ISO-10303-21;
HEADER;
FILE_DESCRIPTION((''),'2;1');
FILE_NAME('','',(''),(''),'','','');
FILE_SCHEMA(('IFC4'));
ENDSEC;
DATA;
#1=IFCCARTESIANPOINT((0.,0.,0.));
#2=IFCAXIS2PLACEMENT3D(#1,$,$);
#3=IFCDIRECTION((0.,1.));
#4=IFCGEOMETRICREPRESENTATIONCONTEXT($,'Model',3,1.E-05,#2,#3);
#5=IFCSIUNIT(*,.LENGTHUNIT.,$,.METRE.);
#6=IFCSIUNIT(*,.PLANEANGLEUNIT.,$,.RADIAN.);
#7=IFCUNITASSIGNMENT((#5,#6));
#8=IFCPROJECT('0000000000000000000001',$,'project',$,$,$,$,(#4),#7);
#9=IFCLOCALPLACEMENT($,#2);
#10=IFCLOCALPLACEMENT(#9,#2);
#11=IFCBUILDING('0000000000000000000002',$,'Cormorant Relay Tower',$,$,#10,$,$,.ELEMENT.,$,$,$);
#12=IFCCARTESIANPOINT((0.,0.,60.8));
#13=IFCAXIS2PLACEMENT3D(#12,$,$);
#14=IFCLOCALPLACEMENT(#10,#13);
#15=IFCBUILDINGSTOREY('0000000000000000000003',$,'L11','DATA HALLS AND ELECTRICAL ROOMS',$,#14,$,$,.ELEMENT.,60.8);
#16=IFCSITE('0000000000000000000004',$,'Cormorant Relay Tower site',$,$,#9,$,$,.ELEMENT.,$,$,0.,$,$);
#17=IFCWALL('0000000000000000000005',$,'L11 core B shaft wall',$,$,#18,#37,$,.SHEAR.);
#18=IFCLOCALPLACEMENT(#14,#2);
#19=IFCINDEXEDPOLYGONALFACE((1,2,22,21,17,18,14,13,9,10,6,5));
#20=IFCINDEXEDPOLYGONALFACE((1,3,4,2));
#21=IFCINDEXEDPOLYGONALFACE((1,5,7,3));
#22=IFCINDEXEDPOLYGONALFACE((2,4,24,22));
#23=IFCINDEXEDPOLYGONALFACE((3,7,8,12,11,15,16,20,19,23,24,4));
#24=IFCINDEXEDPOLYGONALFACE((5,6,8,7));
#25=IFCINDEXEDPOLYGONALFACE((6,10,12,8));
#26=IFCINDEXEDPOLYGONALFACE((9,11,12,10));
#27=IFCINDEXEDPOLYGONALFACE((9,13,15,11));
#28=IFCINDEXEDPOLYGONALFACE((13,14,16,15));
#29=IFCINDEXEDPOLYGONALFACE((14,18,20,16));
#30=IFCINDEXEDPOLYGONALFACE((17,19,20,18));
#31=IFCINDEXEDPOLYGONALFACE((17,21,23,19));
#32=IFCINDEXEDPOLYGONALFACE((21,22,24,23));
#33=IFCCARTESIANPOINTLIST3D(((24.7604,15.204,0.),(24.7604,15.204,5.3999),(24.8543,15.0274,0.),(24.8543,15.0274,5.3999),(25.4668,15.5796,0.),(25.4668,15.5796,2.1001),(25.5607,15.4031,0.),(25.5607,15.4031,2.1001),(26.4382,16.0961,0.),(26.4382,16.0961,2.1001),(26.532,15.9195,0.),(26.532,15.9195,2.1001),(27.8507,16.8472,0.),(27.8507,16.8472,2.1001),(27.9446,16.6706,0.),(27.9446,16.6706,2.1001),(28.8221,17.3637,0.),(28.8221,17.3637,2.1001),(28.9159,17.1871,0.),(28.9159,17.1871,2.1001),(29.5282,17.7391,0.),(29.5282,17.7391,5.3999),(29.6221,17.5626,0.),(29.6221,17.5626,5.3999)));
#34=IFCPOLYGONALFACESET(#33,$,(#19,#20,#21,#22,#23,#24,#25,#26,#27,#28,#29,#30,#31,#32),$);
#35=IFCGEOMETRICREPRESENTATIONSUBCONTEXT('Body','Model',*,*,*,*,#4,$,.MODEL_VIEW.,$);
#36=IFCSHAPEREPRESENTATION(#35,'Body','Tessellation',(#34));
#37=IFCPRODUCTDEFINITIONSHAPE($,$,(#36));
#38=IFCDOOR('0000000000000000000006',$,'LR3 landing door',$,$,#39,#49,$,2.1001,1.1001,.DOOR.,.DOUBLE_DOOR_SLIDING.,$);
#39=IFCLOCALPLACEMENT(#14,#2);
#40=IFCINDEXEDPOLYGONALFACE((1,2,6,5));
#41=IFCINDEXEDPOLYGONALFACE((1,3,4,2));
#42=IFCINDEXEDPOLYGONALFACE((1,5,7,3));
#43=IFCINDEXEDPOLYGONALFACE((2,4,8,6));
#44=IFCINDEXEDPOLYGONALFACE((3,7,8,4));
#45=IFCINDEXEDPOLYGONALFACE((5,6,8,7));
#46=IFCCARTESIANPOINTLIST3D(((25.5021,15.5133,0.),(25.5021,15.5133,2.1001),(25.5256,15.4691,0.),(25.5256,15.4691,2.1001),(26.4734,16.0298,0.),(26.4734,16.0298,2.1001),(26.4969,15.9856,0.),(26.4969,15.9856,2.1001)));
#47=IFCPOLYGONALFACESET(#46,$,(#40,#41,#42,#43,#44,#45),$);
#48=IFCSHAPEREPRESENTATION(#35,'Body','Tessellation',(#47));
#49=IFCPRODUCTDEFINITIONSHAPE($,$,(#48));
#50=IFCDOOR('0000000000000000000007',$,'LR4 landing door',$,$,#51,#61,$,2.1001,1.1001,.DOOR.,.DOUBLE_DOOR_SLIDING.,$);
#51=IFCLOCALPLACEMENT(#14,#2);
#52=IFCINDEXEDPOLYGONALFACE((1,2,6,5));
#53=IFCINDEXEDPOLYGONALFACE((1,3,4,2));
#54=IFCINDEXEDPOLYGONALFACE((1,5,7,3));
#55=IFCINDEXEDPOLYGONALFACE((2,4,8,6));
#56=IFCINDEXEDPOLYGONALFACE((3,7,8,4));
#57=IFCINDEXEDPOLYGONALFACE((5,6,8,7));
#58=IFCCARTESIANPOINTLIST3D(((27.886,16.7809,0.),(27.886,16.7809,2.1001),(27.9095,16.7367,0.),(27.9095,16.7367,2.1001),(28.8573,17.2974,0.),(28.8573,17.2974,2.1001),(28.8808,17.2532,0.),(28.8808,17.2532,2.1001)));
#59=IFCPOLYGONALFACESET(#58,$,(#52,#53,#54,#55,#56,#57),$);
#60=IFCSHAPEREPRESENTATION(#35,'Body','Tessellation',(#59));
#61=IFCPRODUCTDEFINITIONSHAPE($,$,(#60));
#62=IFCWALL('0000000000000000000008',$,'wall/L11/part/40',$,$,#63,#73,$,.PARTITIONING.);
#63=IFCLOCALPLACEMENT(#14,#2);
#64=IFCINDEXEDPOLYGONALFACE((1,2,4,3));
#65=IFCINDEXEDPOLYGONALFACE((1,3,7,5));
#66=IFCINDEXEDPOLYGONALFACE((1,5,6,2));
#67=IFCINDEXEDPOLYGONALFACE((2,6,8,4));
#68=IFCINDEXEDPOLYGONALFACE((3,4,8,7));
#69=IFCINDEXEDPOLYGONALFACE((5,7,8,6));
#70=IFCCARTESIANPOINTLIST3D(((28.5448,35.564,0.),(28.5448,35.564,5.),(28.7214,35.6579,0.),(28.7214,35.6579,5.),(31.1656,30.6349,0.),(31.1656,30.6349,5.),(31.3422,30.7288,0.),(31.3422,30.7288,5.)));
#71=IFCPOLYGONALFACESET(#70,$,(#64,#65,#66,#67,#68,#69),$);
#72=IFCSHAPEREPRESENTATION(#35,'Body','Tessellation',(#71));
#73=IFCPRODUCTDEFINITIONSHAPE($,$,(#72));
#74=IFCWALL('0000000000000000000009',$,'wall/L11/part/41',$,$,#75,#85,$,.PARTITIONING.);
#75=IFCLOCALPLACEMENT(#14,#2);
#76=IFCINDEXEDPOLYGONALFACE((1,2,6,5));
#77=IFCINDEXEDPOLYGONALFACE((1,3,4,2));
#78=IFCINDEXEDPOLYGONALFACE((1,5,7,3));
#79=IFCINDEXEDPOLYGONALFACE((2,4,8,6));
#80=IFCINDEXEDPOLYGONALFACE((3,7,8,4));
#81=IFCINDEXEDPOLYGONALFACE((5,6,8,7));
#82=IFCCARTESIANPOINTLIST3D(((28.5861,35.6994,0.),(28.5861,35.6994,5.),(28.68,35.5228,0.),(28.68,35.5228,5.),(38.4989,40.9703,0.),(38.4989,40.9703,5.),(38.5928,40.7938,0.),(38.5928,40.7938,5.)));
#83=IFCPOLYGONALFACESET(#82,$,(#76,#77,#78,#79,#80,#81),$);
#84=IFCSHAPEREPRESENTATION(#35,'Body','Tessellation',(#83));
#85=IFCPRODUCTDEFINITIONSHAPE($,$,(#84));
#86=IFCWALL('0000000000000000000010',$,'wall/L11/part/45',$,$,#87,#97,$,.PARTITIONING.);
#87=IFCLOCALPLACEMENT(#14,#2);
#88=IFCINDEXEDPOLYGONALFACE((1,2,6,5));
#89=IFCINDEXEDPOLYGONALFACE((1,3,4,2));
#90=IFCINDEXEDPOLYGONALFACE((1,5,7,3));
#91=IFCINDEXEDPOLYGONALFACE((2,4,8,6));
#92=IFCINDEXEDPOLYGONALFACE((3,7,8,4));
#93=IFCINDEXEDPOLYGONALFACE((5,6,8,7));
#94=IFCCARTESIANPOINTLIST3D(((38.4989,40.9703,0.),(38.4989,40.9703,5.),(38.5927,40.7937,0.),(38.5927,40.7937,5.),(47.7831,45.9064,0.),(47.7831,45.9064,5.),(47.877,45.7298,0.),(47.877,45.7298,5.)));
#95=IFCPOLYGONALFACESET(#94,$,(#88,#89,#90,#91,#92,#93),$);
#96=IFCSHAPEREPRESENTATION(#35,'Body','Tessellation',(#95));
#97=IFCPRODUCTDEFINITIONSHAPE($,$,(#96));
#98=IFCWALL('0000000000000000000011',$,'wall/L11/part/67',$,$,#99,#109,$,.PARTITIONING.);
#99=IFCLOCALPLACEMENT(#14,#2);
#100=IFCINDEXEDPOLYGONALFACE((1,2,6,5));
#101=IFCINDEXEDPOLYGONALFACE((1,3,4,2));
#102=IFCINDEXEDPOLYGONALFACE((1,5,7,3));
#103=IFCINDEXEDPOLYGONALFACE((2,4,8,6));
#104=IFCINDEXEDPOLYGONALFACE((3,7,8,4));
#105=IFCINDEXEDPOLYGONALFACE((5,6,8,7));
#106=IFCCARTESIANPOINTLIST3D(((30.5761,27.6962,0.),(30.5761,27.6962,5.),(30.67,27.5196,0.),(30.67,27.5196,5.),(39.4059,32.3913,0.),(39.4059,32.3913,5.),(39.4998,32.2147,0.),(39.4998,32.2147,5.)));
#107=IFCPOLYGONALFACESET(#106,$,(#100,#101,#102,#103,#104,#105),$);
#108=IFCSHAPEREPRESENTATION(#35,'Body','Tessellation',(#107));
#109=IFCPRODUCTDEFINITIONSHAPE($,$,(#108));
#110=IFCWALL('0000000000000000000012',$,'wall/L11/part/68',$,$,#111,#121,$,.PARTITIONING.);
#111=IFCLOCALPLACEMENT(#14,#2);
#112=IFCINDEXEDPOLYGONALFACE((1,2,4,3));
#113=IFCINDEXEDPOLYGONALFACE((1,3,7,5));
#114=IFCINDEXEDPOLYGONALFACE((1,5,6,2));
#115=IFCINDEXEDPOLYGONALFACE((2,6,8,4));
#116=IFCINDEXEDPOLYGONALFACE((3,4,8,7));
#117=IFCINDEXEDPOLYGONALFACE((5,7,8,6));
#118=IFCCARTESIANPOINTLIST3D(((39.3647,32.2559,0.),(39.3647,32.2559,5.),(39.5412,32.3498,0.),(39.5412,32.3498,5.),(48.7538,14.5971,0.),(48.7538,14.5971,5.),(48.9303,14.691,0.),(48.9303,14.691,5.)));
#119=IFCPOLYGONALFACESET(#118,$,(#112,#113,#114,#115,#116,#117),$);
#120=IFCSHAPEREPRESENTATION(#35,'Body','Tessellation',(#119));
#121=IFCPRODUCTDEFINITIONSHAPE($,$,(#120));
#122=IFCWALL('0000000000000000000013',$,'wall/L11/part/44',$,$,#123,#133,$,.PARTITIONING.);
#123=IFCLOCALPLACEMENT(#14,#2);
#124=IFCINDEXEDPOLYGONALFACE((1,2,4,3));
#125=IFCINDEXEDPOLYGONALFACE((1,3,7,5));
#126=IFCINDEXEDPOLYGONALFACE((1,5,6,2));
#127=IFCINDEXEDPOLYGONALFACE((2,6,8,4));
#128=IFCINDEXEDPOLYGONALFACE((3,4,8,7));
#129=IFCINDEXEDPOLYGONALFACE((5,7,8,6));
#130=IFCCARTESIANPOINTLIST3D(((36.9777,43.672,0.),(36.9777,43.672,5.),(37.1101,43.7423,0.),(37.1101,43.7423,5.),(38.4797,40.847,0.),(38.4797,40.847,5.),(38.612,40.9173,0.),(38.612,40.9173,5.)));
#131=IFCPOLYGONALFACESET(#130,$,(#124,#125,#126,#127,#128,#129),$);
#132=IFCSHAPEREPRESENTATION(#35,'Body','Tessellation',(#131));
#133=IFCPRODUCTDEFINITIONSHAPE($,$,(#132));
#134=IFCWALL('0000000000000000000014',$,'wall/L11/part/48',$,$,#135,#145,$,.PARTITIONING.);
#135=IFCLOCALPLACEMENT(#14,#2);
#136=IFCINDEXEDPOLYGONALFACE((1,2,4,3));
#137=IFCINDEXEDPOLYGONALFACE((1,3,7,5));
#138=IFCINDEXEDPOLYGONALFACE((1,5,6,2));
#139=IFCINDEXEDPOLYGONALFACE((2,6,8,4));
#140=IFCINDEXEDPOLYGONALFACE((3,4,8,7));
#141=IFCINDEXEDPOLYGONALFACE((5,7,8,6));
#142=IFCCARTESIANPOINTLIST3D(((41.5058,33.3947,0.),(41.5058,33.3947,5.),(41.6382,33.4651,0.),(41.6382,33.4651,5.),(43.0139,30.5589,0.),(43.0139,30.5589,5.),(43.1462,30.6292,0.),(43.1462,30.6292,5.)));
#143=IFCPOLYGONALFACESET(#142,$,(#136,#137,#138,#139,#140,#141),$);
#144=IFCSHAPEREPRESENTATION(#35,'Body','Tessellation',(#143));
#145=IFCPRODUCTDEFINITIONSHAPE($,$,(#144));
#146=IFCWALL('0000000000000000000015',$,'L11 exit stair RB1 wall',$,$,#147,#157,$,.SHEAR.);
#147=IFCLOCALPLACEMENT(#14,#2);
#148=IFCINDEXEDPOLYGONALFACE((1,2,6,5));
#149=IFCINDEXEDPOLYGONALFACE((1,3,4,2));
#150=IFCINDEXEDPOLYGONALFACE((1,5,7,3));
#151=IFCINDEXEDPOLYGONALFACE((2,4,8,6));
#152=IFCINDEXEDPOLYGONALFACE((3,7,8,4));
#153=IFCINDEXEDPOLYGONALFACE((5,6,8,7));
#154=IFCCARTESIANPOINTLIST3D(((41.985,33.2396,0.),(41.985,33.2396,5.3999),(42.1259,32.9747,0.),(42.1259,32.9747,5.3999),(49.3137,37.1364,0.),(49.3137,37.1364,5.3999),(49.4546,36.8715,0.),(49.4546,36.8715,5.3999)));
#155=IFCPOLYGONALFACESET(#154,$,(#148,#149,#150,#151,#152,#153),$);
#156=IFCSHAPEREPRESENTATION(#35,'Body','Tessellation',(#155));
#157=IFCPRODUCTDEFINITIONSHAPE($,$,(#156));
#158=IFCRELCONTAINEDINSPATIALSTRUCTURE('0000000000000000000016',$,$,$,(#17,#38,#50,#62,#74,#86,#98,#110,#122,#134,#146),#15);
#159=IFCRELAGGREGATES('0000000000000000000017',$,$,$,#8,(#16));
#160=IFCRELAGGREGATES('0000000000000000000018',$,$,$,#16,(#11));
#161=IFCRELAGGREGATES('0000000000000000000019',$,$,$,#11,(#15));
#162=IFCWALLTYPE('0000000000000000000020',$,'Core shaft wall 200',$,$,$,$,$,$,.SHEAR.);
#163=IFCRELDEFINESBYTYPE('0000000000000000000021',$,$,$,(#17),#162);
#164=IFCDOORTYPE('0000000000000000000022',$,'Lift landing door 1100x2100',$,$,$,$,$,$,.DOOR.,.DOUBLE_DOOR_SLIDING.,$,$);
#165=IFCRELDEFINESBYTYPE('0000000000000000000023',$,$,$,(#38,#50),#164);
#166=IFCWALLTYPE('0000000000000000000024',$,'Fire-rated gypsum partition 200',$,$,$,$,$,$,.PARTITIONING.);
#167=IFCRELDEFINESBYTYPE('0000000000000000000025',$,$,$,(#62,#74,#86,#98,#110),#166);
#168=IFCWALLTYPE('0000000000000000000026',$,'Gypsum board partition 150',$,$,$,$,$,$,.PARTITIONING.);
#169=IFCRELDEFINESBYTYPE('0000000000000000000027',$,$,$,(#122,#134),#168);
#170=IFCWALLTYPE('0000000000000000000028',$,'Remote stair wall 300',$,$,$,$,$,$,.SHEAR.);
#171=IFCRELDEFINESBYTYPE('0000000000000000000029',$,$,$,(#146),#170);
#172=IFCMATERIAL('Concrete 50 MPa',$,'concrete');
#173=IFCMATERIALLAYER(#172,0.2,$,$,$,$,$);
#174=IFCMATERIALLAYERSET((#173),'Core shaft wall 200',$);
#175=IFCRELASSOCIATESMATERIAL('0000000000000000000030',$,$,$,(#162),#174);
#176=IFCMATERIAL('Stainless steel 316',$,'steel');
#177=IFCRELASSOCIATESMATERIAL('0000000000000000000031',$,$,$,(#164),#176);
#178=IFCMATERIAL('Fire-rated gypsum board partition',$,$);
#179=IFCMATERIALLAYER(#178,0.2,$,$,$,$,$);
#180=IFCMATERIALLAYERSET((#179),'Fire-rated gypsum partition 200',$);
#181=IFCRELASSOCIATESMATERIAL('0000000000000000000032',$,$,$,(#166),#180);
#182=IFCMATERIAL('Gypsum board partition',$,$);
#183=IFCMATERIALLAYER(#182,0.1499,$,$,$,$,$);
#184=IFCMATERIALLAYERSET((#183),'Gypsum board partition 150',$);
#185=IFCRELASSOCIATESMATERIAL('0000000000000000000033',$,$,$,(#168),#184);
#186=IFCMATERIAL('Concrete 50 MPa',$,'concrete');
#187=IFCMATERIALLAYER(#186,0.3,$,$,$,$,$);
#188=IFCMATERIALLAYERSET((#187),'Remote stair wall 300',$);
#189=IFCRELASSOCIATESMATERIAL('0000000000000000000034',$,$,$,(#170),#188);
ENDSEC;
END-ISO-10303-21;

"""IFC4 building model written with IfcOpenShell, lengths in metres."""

from ifc_helpers import new_model, si_unit, direction, frame, frame_2d, origin, place, context, subcontext, project, spatial, rectangle, extrude, material, layer, layer_set, type_object, element, fill, save


model = new_model("IFC4")

# Units and contexts
model_context = context("Model", 3, precision=1e-05, world=origin(), true_north=direction((0.0, 1.0)))
body_context = subcontext(model_context, "Body", "Model", "MODEL_VIEW")
ifc_project = project(units=[si_unit("LENGTHUNIT", "METRE"), si_unit("PLANEANGLEUNIT", "RADIAN")], contexts=[model_context])

# Site, building, storey
site_placement = place(None, origin())
site = spatial("IfcSite", under=ifc_project, at=site_placement, Name="Cormorant Relay Tower site", CompositionType="ELEMENT", RefElevation=0.0)
building_placement = place(site_placement, origin())
building = spatial("IfcBuilding", under=site, at=building_placement, Name="Cormorant Relay Tower", CompositionType="ELEMENT")
storey_placement = place(building_placement, frame((0.0, 0.0, 60.8)))
storey = spatial("IfcBuildingStorey", under=building, at=storey_placement, Name="L11", Description="DATA HALLS AND ELECTRICAL ROOMS", CompositionType="ELEMENT", Elevation=60.8)

# Shared definitions
ifc_material_1 = material(Name="Concrete 50 MPa", Category="concrete")
ifc_layer_1 = layer(ifc_material_1, 0.2)
ifc_layer_set_1 = layer_set([ifc_layer_1], Name="Core shaft wall 200")
wall_type_1 = type_object("IfcWallType", Name="Core shaft wall 200", PredefinedType="SHEAR", material=ifc_layer_set_1)

# Wall, openings, doors
wall_1_placement = place(storey_placement, frame((24.8074, 15.1157, 0.0), z_axis=(0.0, 0.0, 1.0), x_axis=(0.882943, 0.46948, 0.0)))
wall_1 = element("IfcWall", 1, at=wall_1_placement, inside=storey, type_object=wall_type_1, Name="L11 core B shaft wall", PredefinedType="SHEAR", context=body_context, shape_type="SweptSolid", body=[
    extrude(rectangle(XDim=5.3999, YDim=0.2, at=frame_2d((2.7, 0.0))), origin(), (0.0, 0.0, 1.0), 5.3999),
])
opening_1_placement = place(wall_1_placement, frame((0.8, 0.0, 0.0)))
opening_1 = element("IfcOpeningElement", 2, at=opening_1_placement, cuts=wall_1, PredefinedType="OPENING", context=body_context, shape_type="SweptSolid", body=[
    extrude(rectangle(XDim=1.1001, YDim=2.1001, at=frame_2d((0.55, 1.05))), frame((0.0, 0.1099, 0.0), z_axis=(0.0, -1.0, 0.0), x_axis=(1.0, 0.0, 0.0)), (0.0, 0.0, 1.0), 0.22),
])
opening_2_placement = place(wall_1_placement, frame((3.5, 0.0, 0.0)))
opening_2 = element("IfcOpeningElement", 3, at=opening_2_placement, cuts=wall_1, PredefinedType="OPENING", context=body_context, shape_type="SweptSolid", body=[
    extrude(rectangle(XDim=1.1001, YDim=2.1001, at=frame_2d((0.55, 1.05))), frame((0.0, 0.1099, 0.0), z_axis=(0.0, -1.0, 0.0), x_axis=(1.0, 0.0, 0.0)), (0.0, 0.0, 1.0), 0.22),
])
ifc_material_2 = material(Name="Stainless steel 316", Category="steel")
door_type = type_object("IfcDoorType", Name="Lift landing door 1100x2100", OperationType="DOUBLE_DOOR_SLIDING", PredefinedType="DOOR", material=ifc_material_2)
door_1_placement = place(opening_1_placement, origin())
door_1 = element("IfcDoor", 4, at=door_1_placement, inside=storey, type_object=door_type, Name="LR3 landing door", OperationType="DOUBLE_DOOR_SLIDING", OverallHeight=2.1001, OverallWidth=1.1001, PredefinedType="DOOR", context=body_context, shape_type="SweptSolid", body=[
    extrude(rectangle(XDim=1.1001, YDim=2.1001, at=frame_2d((0.55, 1.05))), frame((0.0, 0.0249, 0.0), z_axis=(0.0, -1.0, 0.0), x_axis=(1.0, 0.0, 0.0)), (0.0, 0.0, 1.0), 0.05),
])
fill(opening_1, door_1)
door_2_placement = place(opening_2_placement, origin())
door_2 = element("IfcDoor", 5, at=door_2_placement, inside=storey, type_object=door_type, Name="LR4 landing door", OperationType="DOUBLE_DOOR_SLIDING", OverallHeight=2.1001, OverallWidth=1.1001, PredefinedType="DOOR", context=body_context, shape_type="SweptSolid", body=[
    extrude(rectangle(XDim=1.1001, YDim=2.1001, at=frame_2d((0.55, 1.05))), frame((0.0, 0.0249, 0.0), z_axis=(0.0, -1.0, 0.0), x_axis=(1.0, 0.0, 0.0)), (0.0, 0.0, 1.0), 0.05),
])
fill(opening_2, door_2)

# Walls
ifc_material_3 = material(Name="Fire-rated gypsum board partition")
ifc_layer_2 = layer(ifc_material_3, 0.2)
ifc_layer_set_2 = layer_set([ifc_layer_2], Name="Fire-rated gypsum partition 200")
wall_type_2 = type_object("IfcWallType", Name="Fire-rated gypsum partition 200", PredefinedType="PARTITIONING", material=ifc_layer_set_2)
wall_2_placement = place(storey_placement, frame((31.2539, 30.6819, 0.0), z_axis=(0.0, 0.0, 1.0), x_axis=(-0.469464, 0.882951, 0.0)))
element("IfcWall", 6, at=wall_2_placement, inside=storey, type_object=wall_type_2, Name="wall/L11/part/40", PredefinedType="PARTITIONING", context=body_context, shape_type="SweptSolid", body=[
    extrude(rectangle(XDim=5.5825, YDim=0.2, at=frame_2d((2.7913, 0.0))), origin(), (0.0, 0.0, 1.0), 5.0),
])
wall_3_placement = place(storey_placement, frame((28.6331, 35.6111, 0.0), z_axis=(0.0, 0.0, 1.0), x_axis=(0.882939, 0.469489, 0.0)))
element("IfcWall", 7, at=wall_3_placement, inside=storey, type_object=wall_type_2, Name="wall/L11/part/41", PredefinedType="PARTITIONING", context=body_context, shape_type="SweptSolid", body=[
    extrude(rectangle(XDim=11.2271, YDim=0.2, at=frame_2d((5.6135, 0.0))), origin(), (0.0, 0.0, 1.0), 5.0),
])
wall_4_placement = place(storey_placement, frame((38.5459, 40.8821, 0.0), z_axis=(0.0, 0.0, 1.0), x_axis=(0.882965, 0.469438, 0.0)))
element("IfcWall", 8, at=wall_4_placement, inside=storey, type_object=wall_type_2, Name="wall/L11/part/45", PredefinedType="PARTITIONING", context=body_context, shape_type="SweptSolid", body=[
    extrude(rectangle(XDim=10.5149, YDim=0.2, at=frame_2d((5.2573, 0.0))), origin(), (0.0, 0.0, 1.0), 5.0),
])
wall_5_placement = place(storey_placement, frame((30.623, 27.6079, 0.0), z_axis=(0.0, 0.0, 1.0), x_axis=(0.882941, 0.469484, 0.0)))
element("IfcWall", 9, at=wall_5_placement, inside=storey, type_object=wall_type_2, Name="wall/L11/part/67", PredefinedType="PARTITIONING", context=body_context, shape_type="SweptSolid", body=[
    extrude(rectangle(XDim=10.0005, YDim=0.2, at=frame_2d((5.0002, 0.0))), origin(), (0.0, 0.0, 1.0), 5.0),
])
wall_6_placement = place(storey_placement, frame((39.4529, 32.303, 0.0), z_axis=(0.0, 0.0, 1.0), x_axis=(0.469461, -0.882953, 0.0)))
element("IfcWall", 10, at=wall_6_placement, inside=storey, type_object=wall_type_2, Name="wall/L11/part/68", PredefinedType="PARTITIONING", context=body_context, shape_type="SweptSolid", body=[
    extrude(rectangle(XDim=19.9998, YDim=0.2, at=frame_2d((10.0, 0.0))), origin(), (0.0, 0.0, 1.0), 5.0),
])
ifc_material_4 = material(Name="Gypsum board partition")
ifc_layer_3 = layer(ifc_material_4, 0.1499)
ifc_layer_set_3 = layer_set([ifc_layer_3], Name="Gypsum board partition 150")
wall_type_3 = type_object("IfcWallType", Name="Gypsum board partition 150", PredefinedType="PARTITIONING", material=ifc_layer_set_3)
wall_7_placement = place(storey_placement, frame((37.0439, 43.707, 0.0), z_axis=(0.0, 0.0, 1.0), x_axis=(0.469447, -0.882961, 0.0)))
element("IfcWall", 11, at=wall_7_placement, inside=storey, type_object=wall_type_3, Name="wall/L11/part/44", PredefinedType="PARTITIONING", context=body_context, shape_type="SweptSolid", body=[
    extrude(rectangle(XDim=3.1995, YDim=0.1499, at=frame_2d((1.5996, 0.0))), origin(), (0.0, 0.0, 1.0), 5.0),
])
wall_8_placement = place(storey_placement, frame((41.572, 33.4299, 0.0), z_axis=(0.0, 0.0, 1.0), x_axis=(0.469511, -0.882927, 0.0)))
element("IfcWall", 12, at=wall_8_placement, inside=storey, type_object=wall_type_3, Name="wall/L11/part/48", PredefinedType="PARTITIONING", context=body_context, shape_type="SweptSolid", body=[
    extrude(rectangle(XDim=3.2119, YDim=0.1499, at=frame_2d((1.606, 0.0))), origin(), (0.0, 0.0, 1.0), 5.0),
])
ifc_material_5 = material(Name="Concrete 50 MPa", Category="concrete")
ifc_layer_4 = layer(ifc_material_5, 0.3)
ifc_layer_set_4 = layer_set([ifc_layer_4], Name="Remote stair wall 300")
wall_type_4 = type_object("IfcWallType", Name="Remote stair wall 300", PredefinedType="SHEAR", material=ifc_layer_set_4)
wall_9_placement = place(storey_placement, frame((42.0554, 33.1072, 0.0), z_axis=(0.0, 0.0, 1.0), x_axis=(0.882946, 0.469475, 0.0)))
element("IfcWall", 13, at=wall_9_placement, inside=storey, type_object=wall_type_4, Name="L11 exit stair RB1 wall", PredefinedType="SHEAR", context=body_context, shape_type="SweptSolid", body=[
    extrude(rectangle(XDim=8.3003, YDim=0.3, at=frame_2d((4.1501, 0.0))), origin(), (0.0, 0.0, 1.0), 5.3999),
])

save(model, "model.ifc")
